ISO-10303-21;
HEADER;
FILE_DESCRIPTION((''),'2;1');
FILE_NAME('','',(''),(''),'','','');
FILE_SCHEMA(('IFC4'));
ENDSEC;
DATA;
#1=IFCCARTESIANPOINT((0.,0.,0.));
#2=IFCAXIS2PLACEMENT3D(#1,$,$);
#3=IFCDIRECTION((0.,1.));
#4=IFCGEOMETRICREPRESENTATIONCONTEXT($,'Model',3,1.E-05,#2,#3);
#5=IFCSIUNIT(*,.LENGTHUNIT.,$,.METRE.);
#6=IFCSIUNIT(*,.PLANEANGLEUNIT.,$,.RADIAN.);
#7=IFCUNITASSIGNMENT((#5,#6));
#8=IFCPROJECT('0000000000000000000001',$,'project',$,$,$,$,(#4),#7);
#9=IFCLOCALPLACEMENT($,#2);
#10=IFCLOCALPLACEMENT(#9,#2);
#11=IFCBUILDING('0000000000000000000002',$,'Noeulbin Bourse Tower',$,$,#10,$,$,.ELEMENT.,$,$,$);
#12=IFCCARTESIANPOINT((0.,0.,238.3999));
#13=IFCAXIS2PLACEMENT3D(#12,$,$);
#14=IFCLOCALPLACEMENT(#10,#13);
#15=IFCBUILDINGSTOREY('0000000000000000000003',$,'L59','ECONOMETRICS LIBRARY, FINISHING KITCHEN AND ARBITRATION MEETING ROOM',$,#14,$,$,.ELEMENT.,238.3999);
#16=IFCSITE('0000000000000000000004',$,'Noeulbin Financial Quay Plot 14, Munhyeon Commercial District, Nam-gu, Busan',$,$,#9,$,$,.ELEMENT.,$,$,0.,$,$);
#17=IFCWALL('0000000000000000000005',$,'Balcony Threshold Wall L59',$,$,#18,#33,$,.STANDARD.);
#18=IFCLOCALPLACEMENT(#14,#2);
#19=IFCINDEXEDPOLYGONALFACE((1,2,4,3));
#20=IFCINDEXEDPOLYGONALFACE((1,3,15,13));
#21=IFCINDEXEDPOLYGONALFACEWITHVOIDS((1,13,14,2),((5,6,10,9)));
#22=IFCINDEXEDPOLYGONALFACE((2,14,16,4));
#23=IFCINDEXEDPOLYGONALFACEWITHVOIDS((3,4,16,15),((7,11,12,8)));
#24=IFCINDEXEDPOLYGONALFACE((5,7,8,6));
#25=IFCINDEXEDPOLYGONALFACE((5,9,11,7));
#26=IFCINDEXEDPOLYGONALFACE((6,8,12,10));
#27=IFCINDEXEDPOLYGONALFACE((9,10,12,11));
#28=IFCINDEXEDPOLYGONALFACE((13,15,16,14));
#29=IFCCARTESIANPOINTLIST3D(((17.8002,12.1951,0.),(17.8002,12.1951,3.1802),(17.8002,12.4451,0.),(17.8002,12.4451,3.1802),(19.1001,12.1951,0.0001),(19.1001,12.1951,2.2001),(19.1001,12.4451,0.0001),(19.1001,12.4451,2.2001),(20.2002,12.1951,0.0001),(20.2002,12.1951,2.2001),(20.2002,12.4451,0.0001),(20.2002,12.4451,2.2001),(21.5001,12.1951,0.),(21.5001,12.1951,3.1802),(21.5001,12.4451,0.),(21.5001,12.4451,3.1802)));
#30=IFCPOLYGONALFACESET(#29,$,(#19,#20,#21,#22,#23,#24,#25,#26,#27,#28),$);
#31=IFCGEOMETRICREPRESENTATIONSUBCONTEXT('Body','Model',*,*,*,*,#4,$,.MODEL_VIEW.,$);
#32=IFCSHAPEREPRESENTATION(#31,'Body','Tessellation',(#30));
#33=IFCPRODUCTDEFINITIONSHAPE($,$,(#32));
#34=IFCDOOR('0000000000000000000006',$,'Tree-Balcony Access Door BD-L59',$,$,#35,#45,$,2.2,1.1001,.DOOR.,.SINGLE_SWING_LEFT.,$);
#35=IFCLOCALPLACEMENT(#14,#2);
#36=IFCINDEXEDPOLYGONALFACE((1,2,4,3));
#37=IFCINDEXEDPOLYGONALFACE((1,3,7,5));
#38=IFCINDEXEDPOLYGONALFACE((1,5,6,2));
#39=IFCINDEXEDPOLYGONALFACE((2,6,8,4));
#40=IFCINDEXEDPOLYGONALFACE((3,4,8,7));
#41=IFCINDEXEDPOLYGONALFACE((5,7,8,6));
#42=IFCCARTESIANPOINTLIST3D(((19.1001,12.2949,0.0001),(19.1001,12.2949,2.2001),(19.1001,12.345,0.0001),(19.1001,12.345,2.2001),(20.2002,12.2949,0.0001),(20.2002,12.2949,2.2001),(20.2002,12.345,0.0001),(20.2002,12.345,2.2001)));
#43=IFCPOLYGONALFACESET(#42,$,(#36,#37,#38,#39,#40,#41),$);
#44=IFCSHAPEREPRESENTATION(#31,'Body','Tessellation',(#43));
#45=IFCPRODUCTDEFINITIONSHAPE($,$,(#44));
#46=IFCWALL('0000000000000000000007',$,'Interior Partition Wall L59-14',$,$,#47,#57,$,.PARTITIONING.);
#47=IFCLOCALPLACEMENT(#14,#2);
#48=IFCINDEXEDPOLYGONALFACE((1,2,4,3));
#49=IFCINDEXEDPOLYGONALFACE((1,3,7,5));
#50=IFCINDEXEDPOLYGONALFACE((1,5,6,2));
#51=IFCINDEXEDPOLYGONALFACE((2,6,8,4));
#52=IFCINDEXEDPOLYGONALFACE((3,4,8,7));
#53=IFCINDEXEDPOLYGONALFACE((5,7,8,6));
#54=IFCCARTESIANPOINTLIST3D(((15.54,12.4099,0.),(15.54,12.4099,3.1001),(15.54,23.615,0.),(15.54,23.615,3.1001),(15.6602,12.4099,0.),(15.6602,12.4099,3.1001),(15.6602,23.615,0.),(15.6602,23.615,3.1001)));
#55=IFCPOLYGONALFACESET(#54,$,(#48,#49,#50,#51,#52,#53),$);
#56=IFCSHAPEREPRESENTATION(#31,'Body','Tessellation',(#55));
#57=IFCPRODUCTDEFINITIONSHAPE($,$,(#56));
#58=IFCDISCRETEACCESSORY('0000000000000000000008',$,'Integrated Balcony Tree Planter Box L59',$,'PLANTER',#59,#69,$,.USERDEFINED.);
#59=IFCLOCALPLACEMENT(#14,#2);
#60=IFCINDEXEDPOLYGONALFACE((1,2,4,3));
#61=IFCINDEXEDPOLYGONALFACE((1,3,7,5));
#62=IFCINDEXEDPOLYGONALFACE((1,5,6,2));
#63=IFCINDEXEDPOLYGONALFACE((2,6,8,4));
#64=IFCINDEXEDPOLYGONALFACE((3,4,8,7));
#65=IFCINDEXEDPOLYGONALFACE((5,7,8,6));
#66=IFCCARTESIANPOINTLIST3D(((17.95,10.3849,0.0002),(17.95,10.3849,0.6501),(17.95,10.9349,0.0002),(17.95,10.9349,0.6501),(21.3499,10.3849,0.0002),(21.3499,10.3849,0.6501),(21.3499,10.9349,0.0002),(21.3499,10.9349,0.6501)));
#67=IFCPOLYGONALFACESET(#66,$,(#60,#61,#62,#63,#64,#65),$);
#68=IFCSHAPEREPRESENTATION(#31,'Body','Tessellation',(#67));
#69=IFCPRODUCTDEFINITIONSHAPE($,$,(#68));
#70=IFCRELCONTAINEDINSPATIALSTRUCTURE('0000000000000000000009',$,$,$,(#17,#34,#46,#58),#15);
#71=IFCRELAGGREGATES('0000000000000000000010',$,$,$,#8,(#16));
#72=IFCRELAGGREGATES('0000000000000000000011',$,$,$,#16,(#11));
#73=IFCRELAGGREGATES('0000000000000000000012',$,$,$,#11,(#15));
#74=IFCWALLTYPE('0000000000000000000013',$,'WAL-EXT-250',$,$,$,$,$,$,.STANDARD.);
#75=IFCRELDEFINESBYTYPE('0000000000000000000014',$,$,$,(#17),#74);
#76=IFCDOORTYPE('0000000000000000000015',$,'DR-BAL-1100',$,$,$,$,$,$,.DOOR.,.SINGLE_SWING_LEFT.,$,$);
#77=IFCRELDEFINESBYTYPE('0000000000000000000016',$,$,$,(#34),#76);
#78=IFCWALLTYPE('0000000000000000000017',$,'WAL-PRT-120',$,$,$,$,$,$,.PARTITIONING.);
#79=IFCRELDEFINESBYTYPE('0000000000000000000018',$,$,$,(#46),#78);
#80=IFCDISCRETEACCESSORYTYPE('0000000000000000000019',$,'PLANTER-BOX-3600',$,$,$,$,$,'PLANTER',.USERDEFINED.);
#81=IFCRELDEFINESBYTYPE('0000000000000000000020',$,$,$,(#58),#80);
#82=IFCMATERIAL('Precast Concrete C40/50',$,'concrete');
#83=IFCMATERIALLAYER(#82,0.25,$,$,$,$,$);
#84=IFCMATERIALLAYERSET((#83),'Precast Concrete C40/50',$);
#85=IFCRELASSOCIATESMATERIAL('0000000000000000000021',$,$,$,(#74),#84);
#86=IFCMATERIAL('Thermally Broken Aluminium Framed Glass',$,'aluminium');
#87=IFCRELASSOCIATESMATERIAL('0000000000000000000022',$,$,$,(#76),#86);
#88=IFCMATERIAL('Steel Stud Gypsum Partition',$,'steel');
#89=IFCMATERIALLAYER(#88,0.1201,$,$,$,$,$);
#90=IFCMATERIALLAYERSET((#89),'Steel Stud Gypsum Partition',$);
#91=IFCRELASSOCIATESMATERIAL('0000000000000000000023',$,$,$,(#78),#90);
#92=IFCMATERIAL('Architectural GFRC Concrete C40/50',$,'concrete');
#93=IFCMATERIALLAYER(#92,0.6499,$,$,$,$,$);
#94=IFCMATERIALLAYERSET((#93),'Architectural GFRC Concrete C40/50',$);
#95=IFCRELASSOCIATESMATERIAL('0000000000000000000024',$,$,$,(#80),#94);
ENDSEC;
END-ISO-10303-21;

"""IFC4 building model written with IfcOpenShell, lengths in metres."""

from ifc_helpers import new_model, si_unit, direction, frame, frame_2d, origin, origin_2d, place, context, subcontext, project, spatial, rectangle, extrude, material, layer, layer_set, type_object, element, fill, save


model = new_model("IFC4")

# Units and contexts
model_context = context("Model", 3, precision=1e-05, world=origin(), true_north=direction((0.0, 1.0)))
body_context = subcontext(model_context, "Body", "Model", "MODEL_VIEW")
ifc_project = project(units=[si_unit("LENGTHUNIT", "METRE"), si_unit("PLANEANGLEUNIT", "RADIAN")], contexts=[model_context])

# Site, building, storey
site_placement = place(None, origin())
site = spatial("IfcSite", under=ifc_project, at=site_placement, Name="Noeulbin Financial Quay Plot 14, Munhyeon Commercial District, Nam-gu, Busan", CompositionType="ELEMENT", RefElevation=0.0)
building_placement = place(site_placement, origin())
building = spatial("IfcBuilding", under=site, at=building_placement, Name="Noeulbin Bourse Tower", CompositionType="ELEMENT")
storey_placement = place(building_placement, frame((0.0, 0.0, 238.3999)))
storey = spatial("IfcBuildingStorey", under=building, at=storey_placement, Name="L59", Description="ECONOMETRICS LIBRARY, FINISHING KITCHEN AND ARBITRATION MEETING ROOM", CompositionType="ELEMENT", Elevation=238.3999)

# Wall, opening, door
ifc_material_1 = material(Name="Precast Concrete C40/50", Category="concrete")
ifc_layer_1 = layer(ifc_material_1, 0.25)
ifc_layer_set_1 = layer_set([ifc_layer_1], Name="Precast Concrete C40/50")
wall_type_1 = type_object("IfcWallType", Name="WAL-EXT-250", PredefinedType="STANDARD", material=ifc_layer_set_1)
wall_1_placement = place(storey_placement, frame((17.8, 12.3201, 0.0), z_axis=(0.0, 0.0, 1.0), x_axis=(1.0, 0.0, 0.0)))
wall_1 = element("IfcWall", 1, at=wall_1_placement, inside=storey, type_object=wall_type_1, Name="Balcony Threshold Wall L59", PredefinedType="STANDARD", context=body_context, shape_type="SweptSolid", body=[
    extrude(rectangle(XDim=3.7, YDim=0.25, at=frame_2d((1.8501, 0.0))), origin(), (0.0, 0.0, 1.0), 3.1802),
])
opening_placement = place(wall_1_placement, frame((1.3, 0.0, 0.0)))
opening = element("IfcOpeningElement", 2, at=opening_placement, cuts=wall_1, PredefinedType="OPENING", context=body_context, shape_type="SweptSolid", body=[
    extrude(rectangle(XDim=1.1001, YDim=2.2, at=frame_2d((0.55, 1.1001))), frame((0.0, 0.135, 0.0), z_axis=(0.0, -1.0, 0.0), x_axis=(1.0, 0.0, 0.0)), (0.0, 0.0, 1.0), 0.27),
])
ifc_material_2 = material(Name="Thermally Broken Aluminium Framed Glass", Category="aluminium")
door_type = type_object("IfcDoorType", Name="DR-BAL-1100", OperationType="SINGLE_SWING_LEFT", PredefinedType="DOOR", material=ifc_material_2)
door_placement = place(opening_placement, origin())
door = element("IfcDoor", 3, at=door_placement, inside=storey, type_object=door_type, Name="Tree-Balcony Access Door BD-L59", OperationType="SINGLE_SWING_LEFT", OverallHeight=2.2, OverallWidth=1.1001, PredefinedType="DOOR", context=body_context, shape_type="SweptSolid", body=[
    extrude(rectangle(XDim=1.1001, YDim=2.2, at=frame_2d((0.55, 1.1001))), frame((0.0, 0.0249, 0.0), z_axis=(0.0, -1.0, 0.0), x_axis=(1.0, 0.0, 0.0)), (0.0, 0.0, 1.0), 0.05),
])
fill(opening, door)

# Wall
ifc_material_3 = material(Name="Steel Stud Gypsum Partition", Category="steel")
ifc_layer_2 = layer(ifc_material_3, 0.1201)
ifc_layer_set_2 = layer_set([ifc_layer_2], Name="Steel Stud Gypsum Partition")
wall_type_2 = type_object("IfcWallType", Name="WAL-PRT-120", PredefinedType="PARTITIONING", material=ifc_layer_set_2)
wall_2_placement = place(storey_placement, frame((15.6001, 12.4099, 0.0), z_axis=(0.0, 0.0, 1.0), x_axis=(0.0, 1.0, 0.0)))
element("IfcWall", 4, at=wall_2_placement, inside=storey, type_object=wall_type_2, Name="Interior Partition Wall L59-14", PredefinedType="PARTITIONING", context=body_context, shape_type="SweptSolid", body=[
    extrude(rectangle(XDim=11.2051, YDim=0.1201, at=frame_2d((5.6025, 0.0))), origin(), (0.0, 0.0, 1.0), 3.1001),
])

# Discrete accessory
ifc_material_4 = material(Name="Architectural GFRC Concrete C40/50", Category="concrete")
ifc_layer_3 = layer(ifc_material_4, 0.6499)
ifc_layer_set_3 = layer_set([ifc_layer_3], Name="Architectural GFRC Concrete C40/50")
discrete_accessory_type = type_object("IfcDiscreteAccessoryType", Name="PLANTER-BOX-3600", ElementType="PLANTER", PredefinedType="USERDEFINED", material=ifc_layer_set_3)
discrete_accessory_placement = place(storey_placement, frame((19.6499, 10.6599, 0.0002), z_axis=(0.0, 0.0, 1.0), x_axis=(1.0, 0.0, 0.0)))
element("IfcDiscreteAccessory", 5, at=discrete_accessory_placement, inside=storey, type_object=discrete_accessory_type, Name="Integrated Balcony Tree Planter Box L59", ObjectType="PLANTER", PredefinedType="USERDEFINED", context=body_context, shape_type="SweptSolid", body=[
    extrude(rectangle(XDim=3.3999, YDim=0.55, at=origin_2d()), origin(), (0.0, 0.0, 1.0), 0.6499),
])

save(model, "model.ifc")
